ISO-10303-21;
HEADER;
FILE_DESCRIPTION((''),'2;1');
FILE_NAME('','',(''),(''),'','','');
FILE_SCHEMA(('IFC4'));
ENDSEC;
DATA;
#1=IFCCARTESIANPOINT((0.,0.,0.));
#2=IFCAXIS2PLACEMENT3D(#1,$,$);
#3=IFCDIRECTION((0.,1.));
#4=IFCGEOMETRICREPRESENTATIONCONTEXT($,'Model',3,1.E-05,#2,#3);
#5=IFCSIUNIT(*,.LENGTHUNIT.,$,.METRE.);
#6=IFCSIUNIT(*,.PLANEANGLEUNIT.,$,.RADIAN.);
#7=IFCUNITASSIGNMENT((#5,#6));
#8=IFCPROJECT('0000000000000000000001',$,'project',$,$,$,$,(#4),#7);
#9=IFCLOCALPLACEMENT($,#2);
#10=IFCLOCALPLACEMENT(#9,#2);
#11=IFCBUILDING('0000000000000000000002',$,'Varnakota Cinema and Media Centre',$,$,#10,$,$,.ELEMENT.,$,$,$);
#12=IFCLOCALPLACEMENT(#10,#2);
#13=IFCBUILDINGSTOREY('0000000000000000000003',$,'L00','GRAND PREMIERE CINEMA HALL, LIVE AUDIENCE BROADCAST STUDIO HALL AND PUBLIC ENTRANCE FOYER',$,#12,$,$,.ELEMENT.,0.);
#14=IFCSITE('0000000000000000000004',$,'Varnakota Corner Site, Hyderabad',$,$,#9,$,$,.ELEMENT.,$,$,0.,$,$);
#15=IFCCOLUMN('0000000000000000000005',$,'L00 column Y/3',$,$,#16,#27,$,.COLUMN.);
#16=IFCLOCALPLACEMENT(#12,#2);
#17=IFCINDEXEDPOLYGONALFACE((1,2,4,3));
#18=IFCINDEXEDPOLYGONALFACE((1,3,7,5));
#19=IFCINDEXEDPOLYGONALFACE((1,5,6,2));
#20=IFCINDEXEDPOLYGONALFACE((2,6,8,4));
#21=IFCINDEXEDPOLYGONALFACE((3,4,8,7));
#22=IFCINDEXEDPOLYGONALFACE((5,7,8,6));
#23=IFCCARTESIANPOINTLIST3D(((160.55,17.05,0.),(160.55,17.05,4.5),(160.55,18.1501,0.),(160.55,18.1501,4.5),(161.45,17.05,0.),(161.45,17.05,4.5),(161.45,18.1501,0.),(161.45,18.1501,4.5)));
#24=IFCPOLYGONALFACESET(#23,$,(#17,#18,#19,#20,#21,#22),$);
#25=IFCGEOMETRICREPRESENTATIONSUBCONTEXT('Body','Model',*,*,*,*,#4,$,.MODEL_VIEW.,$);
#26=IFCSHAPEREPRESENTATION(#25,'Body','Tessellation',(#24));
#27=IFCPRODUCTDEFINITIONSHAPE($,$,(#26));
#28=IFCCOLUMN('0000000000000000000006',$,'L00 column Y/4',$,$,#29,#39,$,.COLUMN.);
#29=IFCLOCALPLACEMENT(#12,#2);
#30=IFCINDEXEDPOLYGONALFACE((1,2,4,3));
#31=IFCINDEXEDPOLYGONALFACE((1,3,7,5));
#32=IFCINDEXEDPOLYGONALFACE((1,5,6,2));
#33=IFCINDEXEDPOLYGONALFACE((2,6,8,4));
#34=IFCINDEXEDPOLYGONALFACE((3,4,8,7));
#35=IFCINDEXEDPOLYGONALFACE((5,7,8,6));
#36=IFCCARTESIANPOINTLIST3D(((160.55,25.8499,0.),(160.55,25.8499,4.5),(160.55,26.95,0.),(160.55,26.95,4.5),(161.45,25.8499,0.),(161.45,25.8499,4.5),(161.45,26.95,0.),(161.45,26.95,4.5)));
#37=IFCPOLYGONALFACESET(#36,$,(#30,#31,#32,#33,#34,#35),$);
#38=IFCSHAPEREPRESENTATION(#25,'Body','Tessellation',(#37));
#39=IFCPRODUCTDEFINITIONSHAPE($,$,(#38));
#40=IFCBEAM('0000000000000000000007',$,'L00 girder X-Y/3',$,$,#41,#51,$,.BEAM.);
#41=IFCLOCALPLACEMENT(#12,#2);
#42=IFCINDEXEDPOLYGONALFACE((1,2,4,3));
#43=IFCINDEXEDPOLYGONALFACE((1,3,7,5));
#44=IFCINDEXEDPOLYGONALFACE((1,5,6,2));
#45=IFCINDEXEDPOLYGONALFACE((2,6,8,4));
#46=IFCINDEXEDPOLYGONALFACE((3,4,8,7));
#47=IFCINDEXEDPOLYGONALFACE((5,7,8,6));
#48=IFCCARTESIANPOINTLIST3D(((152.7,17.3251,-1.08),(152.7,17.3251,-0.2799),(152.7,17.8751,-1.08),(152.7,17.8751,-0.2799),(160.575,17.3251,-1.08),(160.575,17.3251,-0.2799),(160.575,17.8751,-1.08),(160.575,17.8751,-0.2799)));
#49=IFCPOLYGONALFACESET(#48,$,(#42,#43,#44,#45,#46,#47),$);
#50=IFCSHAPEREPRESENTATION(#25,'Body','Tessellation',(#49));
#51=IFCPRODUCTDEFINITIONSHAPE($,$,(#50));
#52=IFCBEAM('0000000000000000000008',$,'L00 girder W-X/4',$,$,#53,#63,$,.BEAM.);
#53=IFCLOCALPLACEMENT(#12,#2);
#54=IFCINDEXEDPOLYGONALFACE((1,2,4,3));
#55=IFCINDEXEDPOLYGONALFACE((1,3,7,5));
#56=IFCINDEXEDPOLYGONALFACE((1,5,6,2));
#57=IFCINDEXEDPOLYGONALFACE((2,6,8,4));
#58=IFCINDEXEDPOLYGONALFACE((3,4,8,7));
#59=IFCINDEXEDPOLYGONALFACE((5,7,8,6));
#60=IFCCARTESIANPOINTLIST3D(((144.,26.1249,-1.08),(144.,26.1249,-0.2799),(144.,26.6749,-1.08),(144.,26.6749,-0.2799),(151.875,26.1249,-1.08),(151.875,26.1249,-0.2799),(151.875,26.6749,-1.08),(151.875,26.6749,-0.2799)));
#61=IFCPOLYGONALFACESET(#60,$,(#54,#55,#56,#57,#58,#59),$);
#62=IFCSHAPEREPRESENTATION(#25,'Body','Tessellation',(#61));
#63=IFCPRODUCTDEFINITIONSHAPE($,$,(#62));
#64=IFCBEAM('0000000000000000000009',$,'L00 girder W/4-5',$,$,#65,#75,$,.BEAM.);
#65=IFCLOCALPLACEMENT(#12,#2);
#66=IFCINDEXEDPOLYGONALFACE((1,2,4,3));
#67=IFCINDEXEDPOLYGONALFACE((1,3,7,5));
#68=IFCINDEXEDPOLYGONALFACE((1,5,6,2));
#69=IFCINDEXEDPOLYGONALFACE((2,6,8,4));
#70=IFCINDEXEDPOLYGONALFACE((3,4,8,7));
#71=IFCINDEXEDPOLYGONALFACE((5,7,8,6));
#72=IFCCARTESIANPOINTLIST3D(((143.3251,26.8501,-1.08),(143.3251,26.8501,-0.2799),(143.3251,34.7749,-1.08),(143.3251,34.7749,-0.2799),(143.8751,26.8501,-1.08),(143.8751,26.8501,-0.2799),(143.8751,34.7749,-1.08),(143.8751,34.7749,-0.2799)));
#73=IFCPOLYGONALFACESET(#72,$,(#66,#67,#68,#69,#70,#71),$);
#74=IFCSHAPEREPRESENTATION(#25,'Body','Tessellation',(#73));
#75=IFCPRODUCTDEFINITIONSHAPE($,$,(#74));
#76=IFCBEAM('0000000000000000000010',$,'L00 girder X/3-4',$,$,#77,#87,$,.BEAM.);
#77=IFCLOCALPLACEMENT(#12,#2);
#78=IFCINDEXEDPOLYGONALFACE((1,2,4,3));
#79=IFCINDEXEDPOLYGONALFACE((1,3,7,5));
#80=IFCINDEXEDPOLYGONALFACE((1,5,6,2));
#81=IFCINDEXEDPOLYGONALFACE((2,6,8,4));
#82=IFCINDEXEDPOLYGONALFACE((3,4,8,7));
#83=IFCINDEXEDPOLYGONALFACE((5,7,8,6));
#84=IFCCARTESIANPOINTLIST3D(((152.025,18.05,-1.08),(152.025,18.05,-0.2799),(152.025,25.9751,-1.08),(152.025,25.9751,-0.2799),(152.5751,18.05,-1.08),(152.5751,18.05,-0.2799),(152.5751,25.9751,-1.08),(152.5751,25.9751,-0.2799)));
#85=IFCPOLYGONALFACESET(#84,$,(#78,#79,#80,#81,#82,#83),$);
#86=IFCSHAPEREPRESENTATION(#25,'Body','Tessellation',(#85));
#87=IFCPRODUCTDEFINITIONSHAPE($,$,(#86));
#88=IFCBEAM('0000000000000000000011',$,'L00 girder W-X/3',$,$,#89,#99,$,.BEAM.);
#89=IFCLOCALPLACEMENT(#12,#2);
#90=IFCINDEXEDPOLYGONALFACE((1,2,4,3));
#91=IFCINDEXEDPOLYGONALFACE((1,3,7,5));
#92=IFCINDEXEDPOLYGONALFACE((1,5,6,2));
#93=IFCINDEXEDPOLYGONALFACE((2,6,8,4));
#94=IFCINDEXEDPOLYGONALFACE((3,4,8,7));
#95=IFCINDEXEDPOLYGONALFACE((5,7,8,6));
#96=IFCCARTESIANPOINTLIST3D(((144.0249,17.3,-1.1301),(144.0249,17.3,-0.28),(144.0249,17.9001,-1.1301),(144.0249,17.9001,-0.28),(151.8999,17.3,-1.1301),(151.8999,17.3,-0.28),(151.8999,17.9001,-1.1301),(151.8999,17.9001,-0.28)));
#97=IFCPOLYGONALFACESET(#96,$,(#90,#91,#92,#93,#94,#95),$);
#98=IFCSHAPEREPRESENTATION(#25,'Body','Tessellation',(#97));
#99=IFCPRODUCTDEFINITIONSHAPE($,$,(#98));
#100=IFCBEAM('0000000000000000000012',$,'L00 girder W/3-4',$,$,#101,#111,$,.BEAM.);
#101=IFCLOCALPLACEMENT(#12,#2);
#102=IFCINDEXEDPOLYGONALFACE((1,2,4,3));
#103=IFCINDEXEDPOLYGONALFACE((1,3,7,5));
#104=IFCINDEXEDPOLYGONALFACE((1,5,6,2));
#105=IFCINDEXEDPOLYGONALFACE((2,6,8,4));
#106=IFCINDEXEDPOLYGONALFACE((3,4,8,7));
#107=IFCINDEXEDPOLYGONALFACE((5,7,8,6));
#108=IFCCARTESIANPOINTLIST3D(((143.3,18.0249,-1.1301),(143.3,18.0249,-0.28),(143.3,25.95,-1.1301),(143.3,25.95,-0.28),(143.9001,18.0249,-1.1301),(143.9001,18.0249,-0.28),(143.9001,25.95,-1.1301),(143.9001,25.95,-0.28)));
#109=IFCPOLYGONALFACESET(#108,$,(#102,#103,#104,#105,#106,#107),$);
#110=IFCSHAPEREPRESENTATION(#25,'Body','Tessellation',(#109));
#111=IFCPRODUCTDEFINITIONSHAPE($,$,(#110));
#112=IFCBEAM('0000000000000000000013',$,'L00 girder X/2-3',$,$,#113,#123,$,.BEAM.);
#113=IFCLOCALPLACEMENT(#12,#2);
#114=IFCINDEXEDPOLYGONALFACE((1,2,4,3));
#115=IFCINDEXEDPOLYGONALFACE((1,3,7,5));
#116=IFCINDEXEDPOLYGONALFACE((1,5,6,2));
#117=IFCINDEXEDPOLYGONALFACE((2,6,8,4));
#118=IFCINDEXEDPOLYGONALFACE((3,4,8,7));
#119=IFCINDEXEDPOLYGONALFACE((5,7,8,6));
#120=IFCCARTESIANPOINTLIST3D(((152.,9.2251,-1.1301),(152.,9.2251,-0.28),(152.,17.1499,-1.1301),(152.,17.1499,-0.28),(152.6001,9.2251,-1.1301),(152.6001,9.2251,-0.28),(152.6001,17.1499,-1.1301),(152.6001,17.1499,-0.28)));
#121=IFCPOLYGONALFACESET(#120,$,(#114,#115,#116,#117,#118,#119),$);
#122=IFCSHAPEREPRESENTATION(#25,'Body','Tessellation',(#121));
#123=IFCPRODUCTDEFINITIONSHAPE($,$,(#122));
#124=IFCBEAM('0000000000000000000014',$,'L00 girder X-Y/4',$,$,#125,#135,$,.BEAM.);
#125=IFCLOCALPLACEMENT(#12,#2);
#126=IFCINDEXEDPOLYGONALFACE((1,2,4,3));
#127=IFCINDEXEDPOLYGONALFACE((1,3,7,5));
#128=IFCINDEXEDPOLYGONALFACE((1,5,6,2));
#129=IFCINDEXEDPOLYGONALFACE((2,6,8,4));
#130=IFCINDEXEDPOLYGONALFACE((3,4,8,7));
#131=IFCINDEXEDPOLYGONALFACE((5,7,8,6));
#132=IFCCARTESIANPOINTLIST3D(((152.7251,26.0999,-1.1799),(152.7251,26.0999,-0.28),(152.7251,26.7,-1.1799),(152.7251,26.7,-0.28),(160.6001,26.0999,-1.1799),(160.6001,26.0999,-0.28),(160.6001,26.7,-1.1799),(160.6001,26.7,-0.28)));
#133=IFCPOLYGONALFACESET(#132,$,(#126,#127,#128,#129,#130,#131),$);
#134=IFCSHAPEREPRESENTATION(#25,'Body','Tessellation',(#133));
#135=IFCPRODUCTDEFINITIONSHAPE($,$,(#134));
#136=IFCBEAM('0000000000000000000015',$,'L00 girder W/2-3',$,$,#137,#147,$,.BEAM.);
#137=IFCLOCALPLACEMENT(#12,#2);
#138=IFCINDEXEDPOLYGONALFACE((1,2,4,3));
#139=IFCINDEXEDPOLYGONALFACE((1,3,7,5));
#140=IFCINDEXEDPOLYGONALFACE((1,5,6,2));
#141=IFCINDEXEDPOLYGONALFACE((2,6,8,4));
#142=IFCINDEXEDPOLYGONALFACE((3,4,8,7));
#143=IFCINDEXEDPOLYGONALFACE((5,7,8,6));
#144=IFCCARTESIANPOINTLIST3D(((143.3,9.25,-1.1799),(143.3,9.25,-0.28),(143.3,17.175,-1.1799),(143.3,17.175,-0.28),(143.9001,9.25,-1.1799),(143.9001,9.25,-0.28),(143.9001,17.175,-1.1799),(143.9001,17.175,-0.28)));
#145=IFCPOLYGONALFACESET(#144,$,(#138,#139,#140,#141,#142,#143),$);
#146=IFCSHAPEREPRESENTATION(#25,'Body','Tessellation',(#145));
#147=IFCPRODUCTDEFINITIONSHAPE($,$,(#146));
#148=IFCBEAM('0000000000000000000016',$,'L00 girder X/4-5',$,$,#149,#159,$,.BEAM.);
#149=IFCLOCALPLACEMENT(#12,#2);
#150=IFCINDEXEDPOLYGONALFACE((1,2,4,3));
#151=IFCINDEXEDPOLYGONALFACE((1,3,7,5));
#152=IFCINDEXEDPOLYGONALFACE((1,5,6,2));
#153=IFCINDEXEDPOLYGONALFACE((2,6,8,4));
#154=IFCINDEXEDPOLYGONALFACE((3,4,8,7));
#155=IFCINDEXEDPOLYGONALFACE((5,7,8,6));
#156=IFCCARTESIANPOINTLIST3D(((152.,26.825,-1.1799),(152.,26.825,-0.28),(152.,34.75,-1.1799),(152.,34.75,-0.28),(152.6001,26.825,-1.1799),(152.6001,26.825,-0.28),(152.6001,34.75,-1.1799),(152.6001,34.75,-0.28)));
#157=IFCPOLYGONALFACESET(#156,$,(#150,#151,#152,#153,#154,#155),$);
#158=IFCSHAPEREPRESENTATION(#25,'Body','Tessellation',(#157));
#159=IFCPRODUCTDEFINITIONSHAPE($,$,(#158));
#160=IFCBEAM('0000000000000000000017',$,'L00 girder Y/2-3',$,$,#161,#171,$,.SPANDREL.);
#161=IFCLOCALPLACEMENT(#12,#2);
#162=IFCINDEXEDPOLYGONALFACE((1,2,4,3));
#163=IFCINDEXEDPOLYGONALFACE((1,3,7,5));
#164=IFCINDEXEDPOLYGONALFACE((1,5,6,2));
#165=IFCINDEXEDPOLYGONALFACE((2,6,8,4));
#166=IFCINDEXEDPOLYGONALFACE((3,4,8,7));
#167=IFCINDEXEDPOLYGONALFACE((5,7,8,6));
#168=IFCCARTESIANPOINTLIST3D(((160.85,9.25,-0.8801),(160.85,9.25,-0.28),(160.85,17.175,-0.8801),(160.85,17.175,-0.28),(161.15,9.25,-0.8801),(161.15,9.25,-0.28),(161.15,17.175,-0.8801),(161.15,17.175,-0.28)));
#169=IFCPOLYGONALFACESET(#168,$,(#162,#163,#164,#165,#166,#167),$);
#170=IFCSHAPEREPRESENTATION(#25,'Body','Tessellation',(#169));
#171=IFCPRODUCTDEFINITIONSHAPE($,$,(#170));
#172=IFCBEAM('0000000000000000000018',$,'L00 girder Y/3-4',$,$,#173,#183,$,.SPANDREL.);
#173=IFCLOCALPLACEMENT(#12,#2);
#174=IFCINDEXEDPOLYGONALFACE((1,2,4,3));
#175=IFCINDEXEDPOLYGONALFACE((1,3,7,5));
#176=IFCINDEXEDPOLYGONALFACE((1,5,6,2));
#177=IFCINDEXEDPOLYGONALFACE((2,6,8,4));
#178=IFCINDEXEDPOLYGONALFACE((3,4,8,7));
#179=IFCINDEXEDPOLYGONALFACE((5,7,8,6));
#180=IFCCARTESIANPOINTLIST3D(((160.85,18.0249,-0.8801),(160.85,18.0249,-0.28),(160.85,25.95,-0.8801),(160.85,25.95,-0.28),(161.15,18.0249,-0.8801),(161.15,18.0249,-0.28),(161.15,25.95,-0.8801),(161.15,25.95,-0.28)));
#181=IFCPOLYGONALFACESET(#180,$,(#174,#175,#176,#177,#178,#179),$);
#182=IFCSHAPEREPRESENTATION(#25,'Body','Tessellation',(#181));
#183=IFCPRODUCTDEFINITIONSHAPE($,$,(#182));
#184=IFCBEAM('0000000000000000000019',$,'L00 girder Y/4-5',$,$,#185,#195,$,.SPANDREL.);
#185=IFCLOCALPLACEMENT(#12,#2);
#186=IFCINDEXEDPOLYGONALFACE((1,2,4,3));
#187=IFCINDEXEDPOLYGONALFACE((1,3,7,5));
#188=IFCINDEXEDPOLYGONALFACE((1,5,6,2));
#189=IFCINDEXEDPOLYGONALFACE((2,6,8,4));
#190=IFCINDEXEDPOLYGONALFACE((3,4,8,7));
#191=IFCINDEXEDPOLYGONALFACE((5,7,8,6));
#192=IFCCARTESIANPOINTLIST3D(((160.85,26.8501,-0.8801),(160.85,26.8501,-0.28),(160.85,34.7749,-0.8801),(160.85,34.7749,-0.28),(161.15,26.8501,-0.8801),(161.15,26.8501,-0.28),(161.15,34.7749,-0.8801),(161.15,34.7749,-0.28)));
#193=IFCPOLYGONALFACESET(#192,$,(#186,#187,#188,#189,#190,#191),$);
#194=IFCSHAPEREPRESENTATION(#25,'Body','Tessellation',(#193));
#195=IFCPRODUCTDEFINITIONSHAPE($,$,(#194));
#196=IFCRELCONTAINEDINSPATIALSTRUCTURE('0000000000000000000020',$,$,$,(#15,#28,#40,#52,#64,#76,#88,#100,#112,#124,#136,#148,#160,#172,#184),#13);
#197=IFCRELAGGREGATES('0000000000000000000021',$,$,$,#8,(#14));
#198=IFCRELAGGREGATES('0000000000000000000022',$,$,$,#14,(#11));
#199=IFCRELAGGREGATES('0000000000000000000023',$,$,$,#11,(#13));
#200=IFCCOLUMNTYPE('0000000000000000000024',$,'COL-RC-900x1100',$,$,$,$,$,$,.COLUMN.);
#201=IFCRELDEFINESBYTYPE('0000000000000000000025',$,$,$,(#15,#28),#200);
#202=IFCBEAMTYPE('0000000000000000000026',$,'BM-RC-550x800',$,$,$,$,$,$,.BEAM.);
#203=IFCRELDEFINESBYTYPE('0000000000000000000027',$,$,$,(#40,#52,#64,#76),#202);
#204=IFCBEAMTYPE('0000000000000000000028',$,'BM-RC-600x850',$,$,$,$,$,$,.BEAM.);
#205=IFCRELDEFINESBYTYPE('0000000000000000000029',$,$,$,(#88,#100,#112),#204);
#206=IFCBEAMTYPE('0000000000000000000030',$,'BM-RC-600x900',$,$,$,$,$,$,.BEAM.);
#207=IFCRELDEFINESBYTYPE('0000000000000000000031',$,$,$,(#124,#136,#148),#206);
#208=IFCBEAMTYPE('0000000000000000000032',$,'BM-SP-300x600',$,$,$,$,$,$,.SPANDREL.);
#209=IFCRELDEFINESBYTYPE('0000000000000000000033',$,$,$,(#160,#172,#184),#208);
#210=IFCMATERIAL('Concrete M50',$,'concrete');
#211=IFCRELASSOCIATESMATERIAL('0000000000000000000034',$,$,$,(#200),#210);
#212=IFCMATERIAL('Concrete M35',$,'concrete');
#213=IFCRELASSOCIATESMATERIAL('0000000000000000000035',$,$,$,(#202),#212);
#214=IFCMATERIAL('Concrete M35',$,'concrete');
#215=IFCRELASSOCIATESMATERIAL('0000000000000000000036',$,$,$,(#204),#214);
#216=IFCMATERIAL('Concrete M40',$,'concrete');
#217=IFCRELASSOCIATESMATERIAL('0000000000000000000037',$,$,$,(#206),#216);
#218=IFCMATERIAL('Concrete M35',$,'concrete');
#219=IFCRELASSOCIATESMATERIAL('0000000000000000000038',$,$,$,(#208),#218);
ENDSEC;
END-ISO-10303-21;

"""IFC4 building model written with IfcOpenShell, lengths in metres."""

from ifc_helpers import new_model, si_unit, direction, frame, origin, origin_2d, place, context, subcontext, project, spatial, rectangle, extrude, material, material_profile, profile_set, type_object, element, save


model = new_model("IFC4")

# Units and contexts
model_context = context("Model", 3, precision=1e-05, world=origin(), true_north=direction((0.0, 1.0)))
body_context = subcontext(model_context, "Body", "Model", "MODEL_VIEW")
ifc_project = project(units=[si_unit("LENGTHUNIT", "METRE"), si_unit("PLANEANGLEUNIT", "RADIAN")], contexts=[model_context])

# Site, building, storey
site_placement = place(None, origin())
site = spatial("IfcSite", under=ifc_project, at=site_placement, Name="Varnakota Corner Site, Hyderabad", CompositionType="ELEMENT", RefElevation=0.0)
building_placement = place(site_placement, origin())
building = spatial("IfcBuilding", under=site, at=building_placement, Name="Varnakota Cinema and Media Centre", CompositionType="ELEMENT")
storey_placement = place(building_placement, origin())
storey = spatial("IfcBuildingStorey", under=building, at=storey_placement, Name="L00", Description="GRAND PREMIERE CINEMA HALL, LIVE AUDIENCE BROADCAST STUDIO HALL AND PUBLIC ENTRANCE FOYER", CompositionType="ELEMENT", Elevation=0.0)

# Columns
ifc_material_1 = material(Name="Concrete M50", Category="concrete")
ifc_material_profile_1 = material_profile(ifc_material_1, rectangle(XDim=0.8999, YDim=1.1001, at=origin_2d()), Name="RC 900x1100")
ifc_profile_set_1 = profile_set([ifc_material_profile_1], Name="Concrete M50")
column_type = type_object("IfcColumnType", Name="COL-RC-900x1100", PredefinedType="COLUMN", material=ifc_profile_set_1)
for number, where, z_axis, x_axis, name in (
    (1, (161.0, 17.6001, 0.0), (0.0, 0.0, 1.0), (1.0, 0.0, 0.0), "L00 column Y/3"),
    (2, (161.0, 26.3999, 0.0), (0.0, 0.0, 1.0), (1.0, 0.0, 0.0), "L00 column Y/4"),
):
    element("IfcColumn", number, at=place(storey_placement, frame(where, z_axis=z_axis, x_axis=x_axis)), inside=storey, type_object=column_type, Name=name, PredefinedType="COLUMN", context=body_context, shape_type="SweptSolid", body=[
        extrude(rectangle(XDim=0.8999, YDim=1.1001, at=origin_2d()), origin(), (0.0, 0.0, 1.0), 4.5),
    ])

# Beams
ifc_material_2 = material(Name="Concrete M35", Category="concrete")
ifc_material_profile_2 = material_profile(ifc_material_2, rectangle(XDim=0.55, YDim=0.8, at=origin_2d()), Name="RCB 550x800")
ifc_profile_set_2 = profile_set([ifc_material_profile_2], Name="Concrete M35")
beam_type_1 = type_object("IfcBeamType", Name="BM-RC-550x800", PredefinedType="BEAM", material=ifc_profile_set_2)
for number, where, z_axis, x_axis, name in (
    (3, (152.7, 17.6001, -0.6799), (1.0, 0.0, 0.0), (0.0, 1.0, 0.0), "L00 girder X-Y/3"),
    (4, (144.0, 26.3999, -0.6799), (1.0, 0.0, 0.0), (0.0, 1.0, 0.0), "L00 girder W-X/4"),
):
    element("IfcBeam", number, at=place(storey_placement, frame(where, z_axis=z_axis, x_axis=x_axis)), inside=storey, type_object=beam_type_1, Name=name, PredefinedType="BEAM", context=body_context, shape_type="SweptSolid", body=[
        extrude(rectangle(XDim=0.55, YDim=0.8, at=origin_2d()), origin(), (0.0, 0.0, 1.0), 7.875),
    ])
beam_1_placement = place(storey_placement, frame((143.6001, 26.8501, -0.6799), z_axis=(0.0, 1.0, 0.0), x_axis=(-1.0, 0.0, 0.0)))
element("IfcBeam", 5, at=beam_1_placement, inside=storey, type_object=beam_type_1, Name="L00 girder W/4-5", PredefinedType="BEAM", context=body_context, shape_type="SweptSolid", body=[
    extrude(rectangle(XDim=0.55, YDim=0.8, at=origin_2d()), origin(), (0.0, 0.0, 1.0), 7.9248),
])
beam_2_placement = place(storey_placement, frame((152.3, 18.05, -0.6799), z_axis=(0.0, 1.0, 0.0), x_axis=(-1.0, 0.0, 0.0)))
element("IfcBeam", 6, at=beam_2_placement, inside=storey, type_object=beam_type_1, Name="L00 girder X/3-4", PredefinedType="BEAM", context=body_context, shape_type="SweptSolid", body=[
    extrude(rectangle(XDim=0.55, YDim=0.8, at=origin_2d()), origin(), (0.0, 0.0, 1.0), 7.925),
])
ifc_material_3 = material(Name="Concrete M35", Category="concrete")
ifc_material_profile_3 = material_profile(ifc_material_3, rectangle(XDim=0.6001, YDim=0.8501, at=origin_2d()), Name="RCB 600x850")
ifc_profile_set_3 = profile_set([ifc_material_profile_3], Name="Concrete M35")
beam_type_2 = type_object("IfcBeamType", Name="BM-RC-600x850", PredefinedType="BEAM", material=ifc_profile_set_3)
beam_3_placement = place(storey_placement, frame((144.0249, 17.6001, -0.7051), z_axis=(1.0, 0.0, 0.0), x_axis=(0.0, 1.0, 0.0)))
element("IfcBeam", 7, at=beam_3_placement, inside=storey, type_object=beam_type_2, Name="L00 girder W-X/3", PredefinedType="BEAM", context=body_context, shape_type="SweptSolid", body=[
    extrude(rectangle(XDim=0.6001, YDim=0.8501, at=origin_2d()), origin(), (0.0, 0.0, 1.0), 7.875),
])
beam_4_placement = place(storey_placement, frame((143.6001, 18.0249, -0.7051), z_axis=(0.0, 1.0, 0.0), x_axis=(-1.0, 0.0, 0.0)))
element("IfcBeam", 8, at=beam_4_placement, inside=storey, type_object=beam_type_2, Name="L00 girder W/3-4", PredefinedType="BEAM", context=body_context, shape_type="SweptSolid", body=[
    extrude(rectangle(XDim=0.6001, YDim=0.8501, at=origin_2d()), origin(), (0.0, 0.0, 1.0), 7.925),
])
beam_5_placement = place(storey_placement, frame((152.3, 9.2251, -0.7051), z_axis=(0.0, 1.0, 0.0), x_axis=(-1.0, 0.0, 0.0)))
element("IfcBeam", 9, at=beam_5_placement, inside=storey, type_object=beam_type_2, Name="L00 girder X/2-3", PredefinedType="BEAM", context=body_context, shape_type="SweptSolid", body=[
    extrude(rectangle(XDim=0.6001, YDim=0.8501, at=origin_2d()), origin(), (0.0, 0.0, 1.0), 7.9248),
])
ifc_material_4 = material(Name="Concrete M40", Category="concrete")
ifc_material_profile_4 = material_profile(ifc_material_4, rectangle(XDim=0.6001, YDim=0.8999, at=origin_2d()), Name="RCB 600x900")
ifc_profile_set_4 = profile_set([ifc_material_profile_4], Name="Concrete M40")
beam_type_3 = type_object("IfcBeamType", Name="BM-RC-600x900", PredefinedType="BEAM", material=ifc_profile_set_4)
beam_6_placement = place(storey_placement, frame((152.7251, 26.3999, -0.73), z_axis=(1.0, 0.0, 0.0), x_axis=(0.0, 1.0, 0.0)))
element("IfcBeam", 10, at=beam_6_placement, inside=storey, type_object=beam_type_3, Name="L00 girder X-Y/4", PredefinedType="BEAM", context=body_context, shape_type="SweptSolid", body=[
    extrude(rectangle(XDim=0.6001, YDim=0.8999, at=origin_2d()), origin(), (0.0, 0.0, 1.0), 7.875),
])
for number, where, z_axis, x_axis, name in (
    (11, (143.6001, 9.25, -0.73), (0.0, 1.0, 0.0), (-1.0, 0.0, 0.0), "L00 girder W/2-3"),
    (12, (152.3, 26.825, -0.73), (0.0, 1.0, 0.0), (-1.0, 0.0, 0.0), "L00 girder X/4-5"),
):
    element("IfcBeam", number, at=place(storey_placement, frame(where, z_axis=z_axis, x_axis=x_axis)), inside=storey, type_object=beam_type_3, Name=name, PredefinedType="BEAM", context=body_context, shape_type="SweptSolid", body=[
        extrude(rectangle(XDim=0.6001, YDim=0.8999, at=origin_2d()), origin(), (0.0, 0.0, 1.0), 7.925),
    ])
ifc_material_5 = material(Name="Concrete M35", Category="concrete")
ifc_material_profile_5 = material_profile(ifc_material_5, rectangle(XDim=0.3, YDim=0.6001, at=origin_2d()), Name="RCB 300x600")
ifc_profile_set_5 = profile_set([ifc_material_profile_5], Name="Concrete M35")
beam_type_4 = type_object("IfcBeamType", Name="BM-SP-300x600", PredefinedType="SPANDREL", material=ifc_profile_set_5)
for number, where, z_axis, x_axis, name in (
    (13, (161.0, 9.25, -0.5801), (0.0, 1.0, 0.0), (-1.0, 0.0, 0.0), "L00 girder Y/2-3"),
    (14, (161.0, 18.0249, -0.5801), (0.0, 1.0, 0.0), (-1.0, 0.0, 0.0), "L00 girder Y/3-4"),
):
    element("IfcBeam", number, at=place(storey_placement, frame(where, z_axis=z_axis, x_axis=x_axis)), inside=storey, type_object=beam_type_4, Name=name, PredefinedType="SPANDREL", context=body_context, shape_type="SweptSolid", body=[
        extrude(rectangle(XDim=0.3, YDim=0.6001, at=origin_2d()), origin(), (0.0, 0.0, 1.0), 7.925),
    ])
beam_7_placement = place(storey_placement, frame((161.0, 26.8501, -0.5801), z_axis=(0.0, 1.0, 0.0), x_axis=(-1.0, 0.0, 0.0)))
element("IfcBeam", 15, at=beam_7_placement, inside=storey, type_object=beam_type_4, Name="L00 girder Y/4-5", PredefinedType="SPANDREL", context=body_context, shape_type="SweptSolid", body=[
    extrude(rectangle(XDim=0.3, YDim=0.6001, at=origin_2d()), origin(), (0.0, 0.0, 1.0), 7.9248),
])

save(model, "model.ifc")
